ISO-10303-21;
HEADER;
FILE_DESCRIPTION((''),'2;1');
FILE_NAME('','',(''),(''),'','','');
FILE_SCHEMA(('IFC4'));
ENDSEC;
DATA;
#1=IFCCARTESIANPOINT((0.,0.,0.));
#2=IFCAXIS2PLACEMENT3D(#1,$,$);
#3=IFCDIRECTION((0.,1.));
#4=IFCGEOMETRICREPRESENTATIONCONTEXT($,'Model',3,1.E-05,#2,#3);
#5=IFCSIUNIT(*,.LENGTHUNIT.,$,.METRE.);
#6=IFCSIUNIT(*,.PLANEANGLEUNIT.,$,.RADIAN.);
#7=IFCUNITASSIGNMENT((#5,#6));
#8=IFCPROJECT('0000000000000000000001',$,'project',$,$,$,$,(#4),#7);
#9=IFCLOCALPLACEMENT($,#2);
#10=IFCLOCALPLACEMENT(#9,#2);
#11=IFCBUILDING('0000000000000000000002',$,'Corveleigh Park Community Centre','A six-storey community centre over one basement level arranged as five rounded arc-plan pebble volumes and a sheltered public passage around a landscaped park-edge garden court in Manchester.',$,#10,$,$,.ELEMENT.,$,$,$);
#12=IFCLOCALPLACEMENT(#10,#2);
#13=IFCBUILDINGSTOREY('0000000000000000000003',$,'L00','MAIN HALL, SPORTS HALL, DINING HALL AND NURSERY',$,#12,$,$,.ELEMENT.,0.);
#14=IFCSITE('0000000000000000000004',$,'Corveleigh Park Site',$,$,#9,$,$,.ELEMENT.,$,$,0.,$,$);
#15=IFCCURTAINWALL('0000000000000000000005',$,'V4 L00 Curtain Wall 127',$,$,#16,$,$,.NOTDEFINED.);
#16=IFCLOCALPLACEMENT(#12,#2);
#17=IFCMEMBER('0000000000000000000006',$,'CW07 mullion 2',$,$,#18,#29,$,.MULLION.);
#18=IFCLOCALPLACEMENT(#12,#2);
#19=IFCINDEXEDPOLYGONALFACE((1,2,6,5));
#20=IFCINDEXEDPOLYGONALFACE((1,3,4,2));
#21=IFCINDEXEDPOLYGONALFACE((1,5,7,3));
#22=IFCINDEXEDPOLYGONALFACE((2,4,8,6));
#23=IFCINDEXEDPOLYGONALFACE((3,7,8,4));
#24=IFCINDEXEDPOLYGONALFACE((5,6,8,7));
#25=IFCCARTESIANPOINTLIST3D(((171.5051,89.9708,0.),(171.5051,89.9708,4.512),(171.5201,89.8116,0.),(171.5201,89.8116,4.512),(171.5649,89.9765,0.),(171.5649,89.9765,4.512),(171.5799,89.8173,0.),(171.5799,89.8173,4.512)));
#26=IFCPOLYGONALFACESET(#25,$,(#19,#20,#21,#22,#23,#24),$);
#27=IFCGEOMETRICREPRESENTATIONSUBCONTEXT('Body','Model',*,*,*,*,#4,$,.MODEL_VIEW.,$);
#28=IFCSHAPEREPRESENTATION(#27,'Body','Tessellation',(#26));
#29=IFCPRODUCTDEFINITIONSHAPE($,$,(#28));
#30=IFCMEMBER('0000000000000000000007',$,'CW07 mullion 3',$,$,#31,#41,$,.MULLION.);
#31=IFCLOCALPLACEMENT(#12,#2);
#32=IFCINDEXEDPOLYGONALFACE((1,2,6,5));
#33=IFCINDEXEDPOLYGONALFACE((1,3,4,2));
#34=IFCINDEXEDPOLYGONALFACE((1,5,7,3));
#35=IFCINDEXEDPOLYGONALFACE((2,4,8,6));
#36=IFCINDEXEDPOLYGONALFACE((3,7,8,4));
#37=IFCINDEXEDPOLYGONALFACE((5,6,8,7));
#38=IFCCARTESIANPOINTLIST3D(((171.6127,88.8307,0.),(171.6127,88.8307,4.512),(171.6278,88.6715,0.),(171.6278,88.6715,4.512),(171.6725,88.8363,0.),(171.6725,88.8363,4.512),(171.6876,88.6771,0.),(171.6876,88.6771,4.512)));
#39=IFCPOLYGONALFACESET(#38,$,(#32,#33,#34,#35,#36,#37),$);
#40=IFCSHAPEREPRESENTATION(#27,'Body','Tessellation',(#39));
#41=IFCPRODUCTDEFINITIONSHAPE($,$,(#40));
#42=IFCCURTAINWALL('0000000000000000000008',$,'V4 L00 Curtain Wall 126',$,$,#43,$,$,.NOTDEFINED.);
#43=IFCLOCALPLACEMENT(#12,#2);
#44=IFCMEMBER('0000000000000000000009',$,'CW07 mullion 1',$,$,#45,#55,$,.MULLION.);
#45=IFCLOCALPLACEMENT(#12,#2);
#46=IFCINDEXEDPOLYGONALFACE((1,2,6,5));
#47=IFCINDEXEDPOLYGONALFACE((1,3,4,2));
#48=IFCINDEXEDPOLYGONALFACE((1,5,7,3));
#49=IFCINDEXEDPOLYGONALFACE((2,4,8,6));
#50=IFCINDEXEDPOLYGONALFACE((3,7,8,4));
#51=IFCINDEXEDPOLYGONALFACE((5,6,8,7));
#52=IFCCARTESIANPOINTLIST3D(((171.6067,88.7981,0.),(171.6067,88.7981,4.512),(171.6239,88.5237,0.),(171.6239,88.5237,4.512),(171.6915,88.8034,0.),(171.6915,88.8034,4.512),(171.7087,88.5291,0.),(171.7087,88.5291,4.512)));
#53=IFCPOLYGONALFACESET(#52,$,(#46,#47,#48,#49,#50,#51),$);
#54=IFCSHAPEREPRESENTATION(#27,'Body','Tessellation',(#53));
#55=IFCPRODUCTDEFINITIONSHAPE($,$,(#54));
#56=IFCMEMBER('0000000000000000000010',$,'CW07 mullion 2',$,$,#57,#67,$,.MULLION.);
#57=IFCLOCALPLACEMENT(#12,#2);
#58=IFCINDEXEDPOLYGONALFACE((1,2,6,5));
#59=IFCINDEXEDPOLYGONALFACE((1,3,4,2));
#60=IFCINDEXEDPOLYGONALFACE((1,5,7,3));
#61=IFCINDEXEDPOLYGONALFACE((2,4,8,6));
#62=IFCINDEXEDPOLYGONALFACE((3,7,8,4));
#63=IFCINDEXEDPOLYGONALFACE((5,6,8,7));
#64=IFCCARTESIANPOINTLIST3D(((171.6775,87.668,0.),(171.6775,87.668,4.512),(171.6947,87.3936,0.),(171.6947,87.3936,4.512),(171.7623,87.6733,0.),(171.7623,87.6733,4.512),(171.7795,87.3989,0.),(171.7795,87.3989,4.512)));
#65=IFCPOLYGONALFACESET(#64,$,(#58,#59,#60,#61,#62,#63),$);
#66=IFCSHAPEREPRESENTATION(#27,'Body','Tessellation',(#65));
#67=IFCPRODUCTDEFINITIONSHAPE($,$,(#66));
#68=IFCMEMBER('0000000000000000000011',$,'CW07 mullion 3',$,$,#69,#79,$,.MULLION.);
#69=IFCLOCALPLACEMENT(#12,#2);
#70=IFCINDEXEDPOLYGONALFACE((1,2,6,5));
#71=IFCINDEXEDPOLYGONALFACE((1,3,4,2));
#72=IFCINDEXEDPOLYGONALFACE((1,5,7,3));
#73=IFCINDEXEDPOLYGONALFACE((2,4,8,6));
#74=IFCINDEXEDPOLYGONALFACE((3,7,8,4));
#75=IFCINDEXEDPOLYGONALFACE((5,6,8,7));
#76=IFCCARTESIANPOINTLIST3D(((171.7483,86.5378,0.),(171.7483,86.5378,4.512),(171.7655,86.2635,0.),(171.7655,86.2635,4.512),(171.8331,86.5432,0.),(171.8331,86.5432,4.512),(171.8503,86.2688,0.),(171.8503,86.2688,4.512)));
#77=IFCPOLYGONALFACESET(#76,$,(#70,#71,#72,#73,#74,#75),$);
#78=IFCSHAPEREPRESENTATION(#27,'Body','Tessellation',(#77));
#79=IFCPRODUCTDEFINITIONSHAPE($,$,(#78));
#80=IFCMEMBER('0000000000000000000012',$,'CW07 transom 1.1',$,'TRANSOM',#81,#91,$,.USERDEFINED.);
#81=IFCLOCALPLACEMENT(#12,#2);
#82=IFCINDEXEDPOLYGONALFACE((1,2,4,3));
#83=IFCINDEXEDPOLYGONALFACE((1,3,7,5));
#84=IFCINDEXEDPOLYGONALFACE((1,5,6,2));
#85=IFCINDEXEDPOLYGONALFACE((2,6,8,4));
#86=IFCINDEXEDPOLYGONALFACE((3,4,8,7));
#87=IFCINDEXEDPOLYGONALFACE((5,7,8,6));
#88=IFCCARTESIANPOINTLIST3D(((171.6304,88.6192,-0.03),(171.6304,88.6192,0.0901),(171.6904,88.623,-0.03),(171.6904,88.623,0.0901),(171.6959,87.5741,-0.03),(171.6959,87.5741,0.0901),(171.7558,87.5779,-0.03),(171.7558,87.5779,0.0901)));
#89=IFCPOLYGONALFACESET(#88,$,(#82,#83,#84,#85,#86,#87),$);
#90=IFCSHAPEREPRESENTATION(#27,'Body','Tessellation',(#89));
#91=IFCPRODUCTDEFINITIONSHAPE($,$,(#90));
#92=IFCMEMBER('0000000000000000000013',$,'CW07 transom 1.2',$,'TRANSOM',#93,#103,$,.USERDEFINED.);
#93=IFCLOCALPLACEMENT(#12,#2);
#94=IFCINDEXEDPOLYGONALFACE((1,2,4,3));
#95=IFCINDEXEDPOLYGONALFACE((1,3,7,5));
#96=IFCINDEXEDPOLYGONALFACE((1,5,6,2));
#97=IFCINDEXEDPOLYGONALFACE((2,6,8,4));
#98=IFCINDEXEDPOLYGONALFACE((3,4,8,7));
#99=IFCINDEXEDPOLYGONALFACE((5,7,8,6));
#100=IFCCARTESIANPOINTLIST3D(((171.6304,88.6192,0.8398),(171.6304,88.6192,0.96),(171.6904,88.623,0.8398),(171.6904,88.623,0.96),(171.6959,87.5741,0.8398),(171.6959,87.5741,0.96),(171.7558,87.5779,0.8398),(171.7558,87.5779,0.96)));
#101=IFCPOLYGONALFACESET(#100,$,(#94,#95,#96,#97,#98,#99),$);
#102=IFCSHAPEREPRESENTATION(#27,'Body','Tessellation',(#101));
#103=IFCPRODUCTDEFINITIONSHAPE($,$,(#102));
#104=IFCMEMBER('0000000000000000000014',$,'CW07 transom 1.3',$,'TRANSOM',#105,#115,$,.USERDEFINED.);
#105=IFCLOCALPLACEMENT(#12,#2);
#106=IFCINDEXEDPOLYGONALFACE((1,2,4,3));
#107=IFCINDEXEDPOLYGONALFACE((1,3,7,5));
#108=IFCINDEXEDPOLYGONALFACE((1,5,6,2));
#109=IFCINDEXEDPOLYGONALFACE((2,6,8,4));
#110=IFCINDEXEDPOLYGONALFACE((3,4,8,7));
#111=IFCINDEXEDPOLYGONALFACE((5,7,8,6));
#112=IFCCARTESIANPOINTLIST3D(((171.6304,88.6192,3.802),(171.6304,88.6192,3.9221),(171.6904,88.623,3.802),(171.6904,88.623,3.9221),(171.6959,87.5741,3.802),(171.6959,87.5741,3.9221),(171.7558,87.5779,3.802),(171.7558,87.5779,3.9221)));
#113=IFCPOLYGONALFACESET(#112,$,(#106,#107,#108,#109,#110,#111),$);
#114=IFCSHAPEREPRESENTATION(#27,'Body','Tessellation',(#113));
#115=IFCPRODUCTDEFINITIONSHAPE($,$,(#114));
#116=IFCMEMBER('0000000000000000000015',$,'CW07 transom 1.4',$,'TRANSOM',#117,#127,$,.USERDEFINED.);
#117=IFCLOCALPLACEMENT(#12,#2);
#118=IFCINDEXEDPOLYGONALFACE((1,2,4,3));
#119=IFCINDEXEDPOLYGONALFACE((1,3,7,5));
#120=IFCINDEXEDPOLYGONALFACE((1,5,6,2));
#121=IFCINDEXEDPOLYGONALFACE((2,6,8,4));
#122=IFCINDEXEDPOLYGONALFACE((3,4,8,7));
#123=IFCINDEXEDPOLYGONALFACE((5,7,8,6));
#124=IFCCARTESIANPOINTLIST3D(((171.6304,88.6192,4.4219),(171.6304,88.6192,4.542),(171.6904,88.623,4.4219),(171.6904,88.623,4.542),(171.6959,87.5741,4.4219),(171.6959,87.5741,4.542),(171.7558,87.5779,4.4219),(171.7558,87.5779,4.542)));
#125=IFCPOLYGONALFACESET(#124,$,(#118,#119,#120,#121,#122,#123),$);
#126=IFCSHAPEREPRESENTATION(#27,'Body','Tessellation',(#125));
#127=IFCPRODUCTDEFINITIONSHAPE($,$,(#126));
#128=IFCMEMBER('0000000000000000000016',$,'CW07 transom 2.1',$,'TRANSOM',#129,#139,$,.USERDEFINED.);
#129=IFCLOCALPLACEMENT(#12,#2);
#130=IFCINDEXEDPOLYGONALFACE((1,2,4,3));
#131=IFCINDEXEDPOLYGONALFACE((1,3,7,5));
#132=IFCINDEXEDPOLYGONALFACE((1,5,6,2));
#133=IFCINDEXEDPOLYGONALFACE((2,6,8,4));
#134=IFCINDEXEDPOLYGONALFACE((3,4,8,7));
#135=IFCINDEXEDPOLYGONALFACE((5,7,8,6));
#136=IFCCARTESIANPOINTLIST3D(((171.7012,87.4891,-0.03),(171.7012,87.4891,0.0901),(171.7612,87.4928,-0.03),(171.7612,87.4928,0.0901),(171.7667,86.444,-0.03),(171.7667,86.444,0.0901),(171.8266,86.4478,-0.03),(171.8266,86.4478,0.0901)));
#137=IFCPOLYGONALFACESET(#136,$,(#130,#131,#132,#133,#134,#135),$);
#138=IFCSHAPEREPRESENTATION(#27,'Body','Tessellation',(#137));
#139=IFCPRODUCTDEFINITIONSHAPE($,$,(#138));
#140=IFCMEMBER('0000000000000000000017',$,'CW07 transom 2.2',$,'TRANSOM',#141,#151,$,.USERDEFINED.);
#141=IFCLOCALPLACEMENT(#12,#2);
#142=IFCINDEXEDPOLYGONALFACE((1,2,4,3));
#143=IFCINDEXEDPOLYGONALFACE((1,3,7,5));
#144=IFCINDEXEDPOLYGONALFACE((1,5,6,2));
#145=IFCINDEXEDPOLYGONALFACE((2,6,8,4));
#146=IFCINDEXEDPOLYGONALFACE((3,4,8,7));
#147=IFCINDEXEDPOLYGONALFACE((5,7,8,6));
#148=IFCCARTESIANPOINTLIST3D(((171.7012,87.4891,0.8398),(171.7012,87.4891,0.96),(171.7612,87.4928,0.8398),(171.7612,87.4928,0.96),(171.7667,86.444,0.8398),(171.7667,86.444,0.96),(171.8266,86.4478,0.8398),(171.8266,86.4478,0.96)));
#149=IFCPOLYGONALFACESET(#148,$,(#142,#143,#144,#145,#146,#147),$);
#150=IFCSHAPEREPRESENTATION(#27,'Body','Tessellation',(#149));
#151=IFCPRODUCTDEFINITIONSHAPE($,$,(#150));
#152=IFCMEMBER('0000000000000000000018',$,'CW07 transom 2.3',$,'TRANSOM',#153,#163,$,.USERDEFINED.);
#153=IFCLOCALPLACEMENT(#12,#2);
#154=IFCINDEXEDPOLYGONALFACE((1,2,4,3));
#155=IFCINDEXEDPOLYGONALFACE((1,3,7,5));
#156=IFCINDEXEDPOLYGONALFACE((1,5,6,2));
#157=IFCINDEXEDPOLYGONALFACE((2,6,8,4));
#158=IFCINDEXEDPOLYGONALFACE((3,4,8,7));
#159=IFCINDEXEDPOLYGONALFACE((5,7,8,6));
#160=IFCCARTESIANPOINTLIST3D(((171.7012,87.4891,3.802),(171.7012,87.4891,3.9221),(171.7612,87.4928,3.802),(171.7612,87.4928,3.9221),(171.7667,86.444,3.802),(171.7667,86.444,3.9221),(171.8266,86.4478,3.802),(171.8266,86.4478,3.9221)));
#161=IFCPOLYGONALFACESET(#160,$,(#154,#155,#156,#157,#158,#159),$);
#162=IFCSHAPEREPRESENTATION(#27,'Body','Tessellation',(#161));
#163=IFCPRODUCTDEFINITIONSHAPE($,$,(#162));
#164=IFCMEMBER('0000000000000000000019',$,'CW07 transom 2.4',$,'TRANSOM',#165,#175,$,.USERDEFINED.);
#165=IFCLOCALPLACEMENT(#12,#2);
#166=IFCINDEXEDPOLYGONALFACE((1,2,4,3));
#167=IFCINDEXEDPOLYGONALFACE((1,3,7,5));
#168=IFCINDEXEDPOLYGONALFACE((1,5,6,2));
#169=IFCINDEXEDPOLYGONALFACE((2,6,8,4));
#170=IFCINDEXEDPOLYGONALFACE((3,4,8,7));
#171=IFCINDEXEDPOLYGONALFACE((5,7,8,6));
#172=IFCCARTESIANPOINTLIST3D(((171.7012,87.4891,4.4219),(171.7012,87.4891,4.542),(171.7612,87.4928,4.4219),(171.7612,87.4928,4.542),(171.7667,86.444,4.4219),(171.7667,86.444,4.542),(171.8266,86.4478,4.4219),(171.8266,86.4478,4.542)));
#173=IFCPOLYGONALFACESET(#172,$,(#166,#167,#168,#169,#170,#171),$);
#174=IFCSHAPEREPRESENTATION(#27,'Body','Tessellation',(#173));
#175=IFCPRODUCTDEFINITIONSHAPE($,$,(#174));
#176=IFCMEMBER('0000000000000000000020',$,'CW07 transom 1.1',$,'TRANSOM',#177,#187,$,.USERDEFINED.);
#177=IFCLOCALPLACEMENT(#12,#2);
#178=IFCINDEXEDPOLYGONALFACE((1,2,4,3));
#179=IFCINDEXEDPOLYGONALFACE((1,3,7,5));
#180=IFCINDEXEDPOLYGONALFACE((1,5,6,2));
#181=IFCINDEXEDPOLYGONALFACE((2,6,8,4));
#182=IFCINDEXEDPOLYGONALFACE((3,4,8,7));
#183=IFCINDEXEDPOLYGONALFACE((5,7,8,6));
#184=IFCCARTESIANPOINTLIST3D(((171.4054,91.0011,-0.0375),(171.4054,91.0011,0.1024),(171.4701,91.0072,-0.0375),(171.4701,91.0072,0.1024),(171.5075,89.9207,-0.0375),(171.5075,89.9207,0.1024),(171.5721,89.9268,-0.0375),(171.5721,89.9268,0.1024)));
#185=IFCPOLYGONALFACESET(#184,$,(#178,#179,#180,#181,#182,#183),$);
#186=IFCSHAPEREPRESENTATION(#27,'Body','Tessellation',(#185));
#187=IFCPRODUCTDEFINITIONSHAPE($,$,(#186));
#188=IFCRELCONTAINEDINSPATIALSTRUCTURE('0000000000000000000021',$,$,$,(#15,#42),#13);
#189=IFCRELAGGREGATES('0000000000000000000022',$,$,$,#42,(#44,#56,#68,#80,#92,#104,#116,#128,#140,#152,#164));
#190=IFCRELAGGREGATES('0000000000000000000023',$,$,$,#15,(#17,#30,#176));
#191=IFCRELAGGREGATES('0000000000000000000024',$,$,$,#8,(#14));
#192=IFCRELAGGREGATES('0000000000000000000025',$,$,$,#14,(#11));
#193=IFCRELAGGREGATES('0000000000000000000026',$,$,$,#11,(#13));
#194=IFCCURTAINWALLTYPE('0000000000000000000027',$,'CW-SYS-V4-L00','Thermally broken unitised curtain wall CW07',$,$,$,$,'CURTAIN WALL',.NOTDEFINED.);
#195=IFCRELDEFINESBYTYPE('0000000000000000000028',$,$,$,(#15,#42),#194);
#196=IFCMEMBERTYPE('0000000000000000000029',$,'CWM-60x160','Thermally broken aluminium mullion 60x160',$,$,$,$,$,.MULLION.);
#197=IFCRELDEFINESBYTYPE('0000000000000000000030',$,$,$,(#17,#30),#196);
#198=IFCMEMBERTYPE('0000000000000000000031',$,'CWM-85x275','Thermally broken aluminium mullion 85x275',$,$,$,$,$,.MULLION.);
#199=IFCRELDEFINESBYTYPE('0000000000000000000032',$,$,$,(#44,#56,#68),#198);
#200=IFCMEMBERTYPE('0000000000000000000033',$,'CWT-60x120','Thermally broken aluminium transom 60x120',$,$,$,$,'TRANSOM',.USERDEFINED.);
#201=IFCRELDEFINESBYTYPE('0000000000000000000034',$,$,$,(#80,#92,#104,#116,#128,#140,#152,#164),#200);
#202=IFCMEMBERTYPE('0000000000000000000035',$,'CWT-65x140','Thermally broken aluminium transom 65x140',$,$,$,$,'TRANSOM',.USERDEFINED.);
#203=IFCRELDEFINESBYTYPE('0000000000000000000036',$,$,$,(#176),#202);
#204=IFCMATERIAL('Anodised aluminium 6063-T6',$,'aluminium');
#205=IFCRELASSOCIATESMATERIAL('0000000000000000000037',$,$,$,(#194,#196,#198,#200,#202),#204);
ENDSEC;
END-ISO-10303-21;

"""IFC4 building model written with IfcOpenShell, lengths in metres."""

from ifc_helpers import new_model, si_unit, direction, frame, origin, origin_2d, place, context, subcontext, project, spatial, rectangle, extrude, material, material_profile, profile_set, type_object, element, aggregate, save


model = new_model("IFC4")

# Units and contexts
model_context = context("Model", 3, precision=1e-05, world=origin(), true_north=direction((0.0, 1.0)))
body_context = subcontext(model_context, "Body", "Model", "MODEL_VIEW")
ifc_project = project(units=[si_unit("LENGTHUNIT", "METRE"), si_unit("PLANEANGLEUNIT", "RADIAN")], contexts=[model_context])

# Site, building, storey
site_placement = place(None, origin())
site = spatial("IfcSite", under=ifc_project, at=site_placement, Name="Corveleigh Park Site", CompositionType="ELEMENT", RefElevation=0.0)
building_placement = place(site_placement, origin())
building = spatial("IfcBuilding", under=site, at=building_placement, Name="Corveleigh Park Community Centre", Description="A six-storey community centre over one basement level arranged as five rounded arc-plan pebble volumes and a sheltered public passage around a landscaped park-edge garden court in Manchester.", CompositionType="ELEMENT")
storey_placement = place(building_placement, origin())
storey = spatial("IfcBuildingStorey", under=building, at=storey_placement, Name="L00", Description="MAIN HALL, SPORTS HALL, DINING HALL AND NURSERY", CompositionType="ELEMENT", Elevation=0.0)

# Curtain walls, members
ifc_material_1 = material(Name="Anodised aluminium 6063-T6", Category="aluminium")
curtain_wall_type = type_object("IfcCurtainWallType", Name="CW-SYS-V4-L00", Description="Thermally broken unitised curtain wall CW07", ElementType="CURTAIN WALL", PredefinedType="NOTDEFINED", material=ifc_material_1)
curtain_wall_1_placement = place(storey_placement, origin())
curtain_wall_1 = element("IfcCurtainWall", 1, at=curtain_wall_1_placement, inside=storey, type_object=curtain_wall_type, Name="V4 L00 Curtain Wall 127", PredefinedType="NOTDEFINED")
ifc_material_profile_1 = material_profile(ifc_material_1, rectangle(XDim=0.0601, YDim=0.1599, at=origin_2d()), Name="ALU-M60x160", Category="aluminium")
ifc_profile_set_1 = profile_set([ifc_material_profile_1], Name="Anodised aluminium 6063-T6")
member_type_1 = type_object("IfcMemberType", Name="CWM-60x160", Description="Thermally broken aluminium mullion 60x160", PredefinedType="MULLION", material=ifc_profile_set_1)
member_1_placement = place(storey_placement, frame((171.5425, 89.894, 0.0), z_axis=(0.0, 0.0, 1.0), x_axis=(0.99557, 0.094026, 0.0)))
member_1 = element("IfcMember", 2, at=member_1_placement, type_object=member_type_1, Name="CW07 mullion 2", PredefinedType="MULLION", context=body_context, shape_type="SweptSolid", body=[
    extrude(rectangle(XDim=0.0601, YDim=0.1599, at=origin_2d()), origin(), (0.0, 0.0, 1.0), 4.512),
])
member_2_placement = place(storey_placement, frame((171.6501, 88.7539, 0.0), z_axis=(0.0, 0.0, 1.0), x_axis=(0.99557, 0.094026, 0.0)))
member_2 = element("IfcMember", 3, at=member_2_placement, type_object=member_type_1, Name="CW07 mullion 3", PredefinedType="MULLION", context=body_context, shape_type="SweptSolid", body=[
    extrude(rectangle(XDim=0.0601, YDim=0.1599, at=origin_2d()), origin(), (0.0, 0.0, 1.0), 4.512),
])
curtain_wall_2_placement = place(storey_placement, origin())
curtain_wall_2 = element("IfcCurtainWall", 4, at=curtain_wall_2_placement, inside=storey, type_object=curtain_wall_type, Name="V4 L00 Curtain Wall 126", PredefinedType="NOTDEFINED")
ifc_material_profile_2 = material_profile(ifc_material_1, rectangle(XDim=0.085, YDim=0.2749, at=origin_2d()), Name="ALU-M85x275", Category="aluminium")
ifc_profile_set_2 = profile_set([ifc_material_profile_2], Name="Anodised aluminium 6063-T6")
member_type_2 = type_object("IfcMemberType", Name="CWM-85x275", Description="Thermally broken aluminium mullion 85x275", PredefinedType="MULLION", material=ifc_profile_set_2)
member_3_placement = place(storey_placement, frame((171.6577, 88.6636, 0.0), z_axis=(0.0, 0.0, 1.0), x_axis=(0.998041, 0.062564, 0.0)))
member_3 = element("IfcMember", 5, at=member_3_placement, type_object=member_type_2, Name="CW07 mullion 1", PredefinedType="MULLION", context=body_context, shape_type="SweptSolid", body=[
    extrude(rectangle(XDim=0.085, YDim=0.2749, at=origin_2d()), origin(), (0.0, 0.0, 1.0), 4.512),
])
member_4_placement = place(storey_placement, frame((171.7285, 87.5334, 0.0), z_axis=(0.0, 0.0, 1.0), x_axis=(0.998041, 0.062564, 0.0)))
member_4 = element("IfcMember", 6, at=member_4_placement, type_object=member_type_2, Name="CW07 mullion 2", PredefinedType="MULLION", context=body_context, shape_type="SweptSolid", body=[
    extrude(rectangle(XDim=0.085, YDim=0.2749, at=origin_2d()), origin(), (0.0, 0.0, 1.0), 4.512),
])
member_5_placement = place(storey_placement, frame((171.7993, 86.4033, 0.0), z_axis=(0.0, 0.0, 1.0), x_axis=(0.998041, 0.062564, 0.0)))
member_5 = element("IfcMember", 7, at=member_5_placement, type_object=member_type_2, Name="CW07 mullion 3", PredefinedType="MULLION", context=body_context, shape_type="SweptSolid", body=[
    extrude(rectangle(XDim=0.085, YDim=0.2749, at=origin_2d()), origin(), (0.0, 0.0, 1.0), 4.512),
])
ifc_material_profile_3 = material_profile(ifc_material_1, rectangle(XDim=0.0601, YDim=0.1201, at=origin_2d()), Name="ALU-T60x120", Category="aluminium")
ifc_profile_set_3 = profile_set([ifc_material_profile_3], Name="Anodised aluminium 6063-T6")
member_type_3 = type_object("IfcMemberType", Name="CWT-60x120", Description="Thermally broken aluminium transom 60x120", ElementType="TRANSOM", PredefinedType="USERDEFINED", material=ifc_profile_set_3)
member_6_placement = place(storey_placement, frame((171.6604, 88.6211, 0.03), z_axis=(0.06248, -0.998046, 0.0), x_axis=(0.998046, 0.06248, 0.0)))
member_6 = element("IfcMember", 8, at=member_6_placement, type_object=member_type_3, Name="CW07 transom 1.1", ObjectType="TRANSOM", PredefinedType="USERDEFINED", context=body_context, shape_type="SweptSolid", body=[
    extrude(rectangle(XDim=0.0601, YDim=0.1201, at=origin_2d()), origin(), (0.0, 0.0, 1.0), 1.0471),
])
member_7_placement = place(storey_placement, frame((171.6604, 88.6211, 0.8999), z_axis=(0.06248, -0.998046, 0.0), x_axis=(0.998046, 0.06248, 0.0)))
member_7 = element("IfcMember", 9, at=member_7_placement, type_object=member_type_3, Name="CW07 transom 1.2", ObjectType="TRANSOM", PredefinedType="USERDEFINED", context=body_context, shape_type="SweptSolid", body=[
    extrude(rectangle(XDim=0.0601, YDim=0.1201, at=origin_2d()), origin(), (0.0, 0.0, 1.0), 1.0471),
])
member_8_placement = place(storey_placement, frame((171.6604, 88.6211, 3.8621), z_axis=(0.06248, -0.998046, 0.0), x_axis=(0.998046, 0.06248, 0.0)))
member_8 = element("IfcMember", 10, at=member_8_placement, type_object=member_type_3, Name="CW07 transom 1.3", ObjectType="TRANSOM", PredefinedType="USERDEFINED", context=body_context, shape_type="SweptSolid", body=[
    extrude(rectangle(XDim=0.0601, YDim=0.1201, at=origin_2d()), origin(), (0.0, 0.0, 1.0), 1.0471),
])
member_9_placement = place(storey_placement, frame((171.6604, 88.6211, 4.4819), z_axis=(0.06248, -0.998046, 0.0), x_axis=(0.998046, 0.06248, 0.0)))
member_9 = element("IfcMember", 11, at=member_9_placement, type_object=member_type_3, Name="CW07 transom 1.4", ObjectType="TRANSOM", PredefinedType="USERDEFINED", context=body_context, shape_type="SweptSolid", body=[
    extrude(rectangle(XDim=0.0601, YDim=0.1201, at=origin_2d()), origin(), (0.0, 0.0, 1.0), 1.0471),
])
member_10_placement = place(storey_placement, frame((171.7312, 87.491, 0.03), z_axis=(0.06248, -0.998046, 0.0), x_axis=(0.998046, 0.06248, 0.0)))
member_10 = element("IfcMember", 12, at=member_10_placement, type_object=member_type_3, Name="CW07 transom 2.1", ObjectType="TRANSOM", PredefinedType="USERDEFINED", context=body_context, shape_type="SweptSolid", body=[
    extrude(rectangle(XDim=0.0601, YDim=0.1201, at=origin_2d()), origin(), (0.0, 0.0, 1.0), 1.0471),
])
member_11_placement = place(storey_placement, frame((171.7312, 87.491, 0.8999), z_axis=(0.06248, -0.998046, 0.0), x_axis=(0.998046, 0.06248, 0.0)))
member_11 = element("IfcMember", 13, at=member_11_placement, type_object=member_type_3, Name="CW07 transom 2.2", ObjectType="TRANSOM", PredefinedType="USERDEFINED", context=body_context, shape_type="SweptSolid", body=[
    extrude(rectangle(XDim=0.0601, YDim=0.1201, at=origin_2d()), origin(), (0.0, 0.0, 1.0), 1.0471),
])
member_12_placement = place(storey_placement, frame((171.7312, 87.491, 3.8621), z_axis=(0.06248, -0.998046, 0.0), x_axis=(0.998046, 0.06248, 0.0)))
member_12 = element("IfcMember", 14, at=member_12_placement, type_object=member_type_3, Name="CW07 transom 2.3", ObjectType="TRANSOM", PredefinedType="USERDEFINED", context=body_context, shape_type="SweptSolid", body=[
    extrude(rectangle(XDim=0.0601, YDim=0.1201, at=origin_2d()), origin(), (0.0, 0.0, 1.0), 1.0471),
])
member_13_placement = place(storey_placement, frame((171.7312, 87.491, 4.4819), z_axis=(0.06248, -0.998046, 0.0), x_axis=(0.998046, 0.06248, 0.0)))
member_13 = element("IfcMember", 15, at=member_13_placement, type_object=member_type_3, Name="CW07 transom 2.4", ObjectType="TRANSOM", PredefinedType="USERDEFINED", context=body_context, shape_type="SweptSolid", body=[
    extrude(rectangle(XDim=0.0601, YDim=0.1201, at=origin_2d()), origin(), (0.0, 0.0, 1.0), 1.0471),
])

# Member
ifc_material_profile_4 = material_profile(ifc_material_1, rectangle(XDim=0.0649, YDim=0.1399, at=origin_2d()), Name="ALU-T65x140", Category="aluminium")
ifc_profile_set_4 = profile_set([ifc_material_profile_4], Name="Anodised aluminium 6063-T6")
member_type_4 = type_object("IfcMemberType", Name="CWT-65x140", Description="Thermally broken aluminium transom 65x140", ElementType="TRANSOM", PredefinedType="USERDEFINED", material=ifc_profile_set_4)
member_14_placement = place(storey_placement, frame((171.4377, 91.0042, 0.0325), z_axis=(0.094045, -0.995568, 0.0), x_axis=(0.995568, 0.094045, 0.0)))
member_14 = element("IfcMember", 16, at=member_14_placement, type_object=member_type_4, Name="CW07 transom 1.1", ObjectType="TRANSOM", PredefinedType="USERDEFINED", context=body_context, shape_type="SweptSolid", body=[
    extrude(rectangle(XDim=0.0649, YDim=0.1399, at=origin_2d()), origin(), (0.0, 0.0, 1.0), 1.0852),
])

aggregate(curtain_wall_2, [member_3, member_4, member_5, member_6, member_7, member_8, member_9, member_10, member_11, member_12, member_13])
aggregate(curtain_wall_1, [member_1, member_2, member_14])

save(model, "model.ifc")
